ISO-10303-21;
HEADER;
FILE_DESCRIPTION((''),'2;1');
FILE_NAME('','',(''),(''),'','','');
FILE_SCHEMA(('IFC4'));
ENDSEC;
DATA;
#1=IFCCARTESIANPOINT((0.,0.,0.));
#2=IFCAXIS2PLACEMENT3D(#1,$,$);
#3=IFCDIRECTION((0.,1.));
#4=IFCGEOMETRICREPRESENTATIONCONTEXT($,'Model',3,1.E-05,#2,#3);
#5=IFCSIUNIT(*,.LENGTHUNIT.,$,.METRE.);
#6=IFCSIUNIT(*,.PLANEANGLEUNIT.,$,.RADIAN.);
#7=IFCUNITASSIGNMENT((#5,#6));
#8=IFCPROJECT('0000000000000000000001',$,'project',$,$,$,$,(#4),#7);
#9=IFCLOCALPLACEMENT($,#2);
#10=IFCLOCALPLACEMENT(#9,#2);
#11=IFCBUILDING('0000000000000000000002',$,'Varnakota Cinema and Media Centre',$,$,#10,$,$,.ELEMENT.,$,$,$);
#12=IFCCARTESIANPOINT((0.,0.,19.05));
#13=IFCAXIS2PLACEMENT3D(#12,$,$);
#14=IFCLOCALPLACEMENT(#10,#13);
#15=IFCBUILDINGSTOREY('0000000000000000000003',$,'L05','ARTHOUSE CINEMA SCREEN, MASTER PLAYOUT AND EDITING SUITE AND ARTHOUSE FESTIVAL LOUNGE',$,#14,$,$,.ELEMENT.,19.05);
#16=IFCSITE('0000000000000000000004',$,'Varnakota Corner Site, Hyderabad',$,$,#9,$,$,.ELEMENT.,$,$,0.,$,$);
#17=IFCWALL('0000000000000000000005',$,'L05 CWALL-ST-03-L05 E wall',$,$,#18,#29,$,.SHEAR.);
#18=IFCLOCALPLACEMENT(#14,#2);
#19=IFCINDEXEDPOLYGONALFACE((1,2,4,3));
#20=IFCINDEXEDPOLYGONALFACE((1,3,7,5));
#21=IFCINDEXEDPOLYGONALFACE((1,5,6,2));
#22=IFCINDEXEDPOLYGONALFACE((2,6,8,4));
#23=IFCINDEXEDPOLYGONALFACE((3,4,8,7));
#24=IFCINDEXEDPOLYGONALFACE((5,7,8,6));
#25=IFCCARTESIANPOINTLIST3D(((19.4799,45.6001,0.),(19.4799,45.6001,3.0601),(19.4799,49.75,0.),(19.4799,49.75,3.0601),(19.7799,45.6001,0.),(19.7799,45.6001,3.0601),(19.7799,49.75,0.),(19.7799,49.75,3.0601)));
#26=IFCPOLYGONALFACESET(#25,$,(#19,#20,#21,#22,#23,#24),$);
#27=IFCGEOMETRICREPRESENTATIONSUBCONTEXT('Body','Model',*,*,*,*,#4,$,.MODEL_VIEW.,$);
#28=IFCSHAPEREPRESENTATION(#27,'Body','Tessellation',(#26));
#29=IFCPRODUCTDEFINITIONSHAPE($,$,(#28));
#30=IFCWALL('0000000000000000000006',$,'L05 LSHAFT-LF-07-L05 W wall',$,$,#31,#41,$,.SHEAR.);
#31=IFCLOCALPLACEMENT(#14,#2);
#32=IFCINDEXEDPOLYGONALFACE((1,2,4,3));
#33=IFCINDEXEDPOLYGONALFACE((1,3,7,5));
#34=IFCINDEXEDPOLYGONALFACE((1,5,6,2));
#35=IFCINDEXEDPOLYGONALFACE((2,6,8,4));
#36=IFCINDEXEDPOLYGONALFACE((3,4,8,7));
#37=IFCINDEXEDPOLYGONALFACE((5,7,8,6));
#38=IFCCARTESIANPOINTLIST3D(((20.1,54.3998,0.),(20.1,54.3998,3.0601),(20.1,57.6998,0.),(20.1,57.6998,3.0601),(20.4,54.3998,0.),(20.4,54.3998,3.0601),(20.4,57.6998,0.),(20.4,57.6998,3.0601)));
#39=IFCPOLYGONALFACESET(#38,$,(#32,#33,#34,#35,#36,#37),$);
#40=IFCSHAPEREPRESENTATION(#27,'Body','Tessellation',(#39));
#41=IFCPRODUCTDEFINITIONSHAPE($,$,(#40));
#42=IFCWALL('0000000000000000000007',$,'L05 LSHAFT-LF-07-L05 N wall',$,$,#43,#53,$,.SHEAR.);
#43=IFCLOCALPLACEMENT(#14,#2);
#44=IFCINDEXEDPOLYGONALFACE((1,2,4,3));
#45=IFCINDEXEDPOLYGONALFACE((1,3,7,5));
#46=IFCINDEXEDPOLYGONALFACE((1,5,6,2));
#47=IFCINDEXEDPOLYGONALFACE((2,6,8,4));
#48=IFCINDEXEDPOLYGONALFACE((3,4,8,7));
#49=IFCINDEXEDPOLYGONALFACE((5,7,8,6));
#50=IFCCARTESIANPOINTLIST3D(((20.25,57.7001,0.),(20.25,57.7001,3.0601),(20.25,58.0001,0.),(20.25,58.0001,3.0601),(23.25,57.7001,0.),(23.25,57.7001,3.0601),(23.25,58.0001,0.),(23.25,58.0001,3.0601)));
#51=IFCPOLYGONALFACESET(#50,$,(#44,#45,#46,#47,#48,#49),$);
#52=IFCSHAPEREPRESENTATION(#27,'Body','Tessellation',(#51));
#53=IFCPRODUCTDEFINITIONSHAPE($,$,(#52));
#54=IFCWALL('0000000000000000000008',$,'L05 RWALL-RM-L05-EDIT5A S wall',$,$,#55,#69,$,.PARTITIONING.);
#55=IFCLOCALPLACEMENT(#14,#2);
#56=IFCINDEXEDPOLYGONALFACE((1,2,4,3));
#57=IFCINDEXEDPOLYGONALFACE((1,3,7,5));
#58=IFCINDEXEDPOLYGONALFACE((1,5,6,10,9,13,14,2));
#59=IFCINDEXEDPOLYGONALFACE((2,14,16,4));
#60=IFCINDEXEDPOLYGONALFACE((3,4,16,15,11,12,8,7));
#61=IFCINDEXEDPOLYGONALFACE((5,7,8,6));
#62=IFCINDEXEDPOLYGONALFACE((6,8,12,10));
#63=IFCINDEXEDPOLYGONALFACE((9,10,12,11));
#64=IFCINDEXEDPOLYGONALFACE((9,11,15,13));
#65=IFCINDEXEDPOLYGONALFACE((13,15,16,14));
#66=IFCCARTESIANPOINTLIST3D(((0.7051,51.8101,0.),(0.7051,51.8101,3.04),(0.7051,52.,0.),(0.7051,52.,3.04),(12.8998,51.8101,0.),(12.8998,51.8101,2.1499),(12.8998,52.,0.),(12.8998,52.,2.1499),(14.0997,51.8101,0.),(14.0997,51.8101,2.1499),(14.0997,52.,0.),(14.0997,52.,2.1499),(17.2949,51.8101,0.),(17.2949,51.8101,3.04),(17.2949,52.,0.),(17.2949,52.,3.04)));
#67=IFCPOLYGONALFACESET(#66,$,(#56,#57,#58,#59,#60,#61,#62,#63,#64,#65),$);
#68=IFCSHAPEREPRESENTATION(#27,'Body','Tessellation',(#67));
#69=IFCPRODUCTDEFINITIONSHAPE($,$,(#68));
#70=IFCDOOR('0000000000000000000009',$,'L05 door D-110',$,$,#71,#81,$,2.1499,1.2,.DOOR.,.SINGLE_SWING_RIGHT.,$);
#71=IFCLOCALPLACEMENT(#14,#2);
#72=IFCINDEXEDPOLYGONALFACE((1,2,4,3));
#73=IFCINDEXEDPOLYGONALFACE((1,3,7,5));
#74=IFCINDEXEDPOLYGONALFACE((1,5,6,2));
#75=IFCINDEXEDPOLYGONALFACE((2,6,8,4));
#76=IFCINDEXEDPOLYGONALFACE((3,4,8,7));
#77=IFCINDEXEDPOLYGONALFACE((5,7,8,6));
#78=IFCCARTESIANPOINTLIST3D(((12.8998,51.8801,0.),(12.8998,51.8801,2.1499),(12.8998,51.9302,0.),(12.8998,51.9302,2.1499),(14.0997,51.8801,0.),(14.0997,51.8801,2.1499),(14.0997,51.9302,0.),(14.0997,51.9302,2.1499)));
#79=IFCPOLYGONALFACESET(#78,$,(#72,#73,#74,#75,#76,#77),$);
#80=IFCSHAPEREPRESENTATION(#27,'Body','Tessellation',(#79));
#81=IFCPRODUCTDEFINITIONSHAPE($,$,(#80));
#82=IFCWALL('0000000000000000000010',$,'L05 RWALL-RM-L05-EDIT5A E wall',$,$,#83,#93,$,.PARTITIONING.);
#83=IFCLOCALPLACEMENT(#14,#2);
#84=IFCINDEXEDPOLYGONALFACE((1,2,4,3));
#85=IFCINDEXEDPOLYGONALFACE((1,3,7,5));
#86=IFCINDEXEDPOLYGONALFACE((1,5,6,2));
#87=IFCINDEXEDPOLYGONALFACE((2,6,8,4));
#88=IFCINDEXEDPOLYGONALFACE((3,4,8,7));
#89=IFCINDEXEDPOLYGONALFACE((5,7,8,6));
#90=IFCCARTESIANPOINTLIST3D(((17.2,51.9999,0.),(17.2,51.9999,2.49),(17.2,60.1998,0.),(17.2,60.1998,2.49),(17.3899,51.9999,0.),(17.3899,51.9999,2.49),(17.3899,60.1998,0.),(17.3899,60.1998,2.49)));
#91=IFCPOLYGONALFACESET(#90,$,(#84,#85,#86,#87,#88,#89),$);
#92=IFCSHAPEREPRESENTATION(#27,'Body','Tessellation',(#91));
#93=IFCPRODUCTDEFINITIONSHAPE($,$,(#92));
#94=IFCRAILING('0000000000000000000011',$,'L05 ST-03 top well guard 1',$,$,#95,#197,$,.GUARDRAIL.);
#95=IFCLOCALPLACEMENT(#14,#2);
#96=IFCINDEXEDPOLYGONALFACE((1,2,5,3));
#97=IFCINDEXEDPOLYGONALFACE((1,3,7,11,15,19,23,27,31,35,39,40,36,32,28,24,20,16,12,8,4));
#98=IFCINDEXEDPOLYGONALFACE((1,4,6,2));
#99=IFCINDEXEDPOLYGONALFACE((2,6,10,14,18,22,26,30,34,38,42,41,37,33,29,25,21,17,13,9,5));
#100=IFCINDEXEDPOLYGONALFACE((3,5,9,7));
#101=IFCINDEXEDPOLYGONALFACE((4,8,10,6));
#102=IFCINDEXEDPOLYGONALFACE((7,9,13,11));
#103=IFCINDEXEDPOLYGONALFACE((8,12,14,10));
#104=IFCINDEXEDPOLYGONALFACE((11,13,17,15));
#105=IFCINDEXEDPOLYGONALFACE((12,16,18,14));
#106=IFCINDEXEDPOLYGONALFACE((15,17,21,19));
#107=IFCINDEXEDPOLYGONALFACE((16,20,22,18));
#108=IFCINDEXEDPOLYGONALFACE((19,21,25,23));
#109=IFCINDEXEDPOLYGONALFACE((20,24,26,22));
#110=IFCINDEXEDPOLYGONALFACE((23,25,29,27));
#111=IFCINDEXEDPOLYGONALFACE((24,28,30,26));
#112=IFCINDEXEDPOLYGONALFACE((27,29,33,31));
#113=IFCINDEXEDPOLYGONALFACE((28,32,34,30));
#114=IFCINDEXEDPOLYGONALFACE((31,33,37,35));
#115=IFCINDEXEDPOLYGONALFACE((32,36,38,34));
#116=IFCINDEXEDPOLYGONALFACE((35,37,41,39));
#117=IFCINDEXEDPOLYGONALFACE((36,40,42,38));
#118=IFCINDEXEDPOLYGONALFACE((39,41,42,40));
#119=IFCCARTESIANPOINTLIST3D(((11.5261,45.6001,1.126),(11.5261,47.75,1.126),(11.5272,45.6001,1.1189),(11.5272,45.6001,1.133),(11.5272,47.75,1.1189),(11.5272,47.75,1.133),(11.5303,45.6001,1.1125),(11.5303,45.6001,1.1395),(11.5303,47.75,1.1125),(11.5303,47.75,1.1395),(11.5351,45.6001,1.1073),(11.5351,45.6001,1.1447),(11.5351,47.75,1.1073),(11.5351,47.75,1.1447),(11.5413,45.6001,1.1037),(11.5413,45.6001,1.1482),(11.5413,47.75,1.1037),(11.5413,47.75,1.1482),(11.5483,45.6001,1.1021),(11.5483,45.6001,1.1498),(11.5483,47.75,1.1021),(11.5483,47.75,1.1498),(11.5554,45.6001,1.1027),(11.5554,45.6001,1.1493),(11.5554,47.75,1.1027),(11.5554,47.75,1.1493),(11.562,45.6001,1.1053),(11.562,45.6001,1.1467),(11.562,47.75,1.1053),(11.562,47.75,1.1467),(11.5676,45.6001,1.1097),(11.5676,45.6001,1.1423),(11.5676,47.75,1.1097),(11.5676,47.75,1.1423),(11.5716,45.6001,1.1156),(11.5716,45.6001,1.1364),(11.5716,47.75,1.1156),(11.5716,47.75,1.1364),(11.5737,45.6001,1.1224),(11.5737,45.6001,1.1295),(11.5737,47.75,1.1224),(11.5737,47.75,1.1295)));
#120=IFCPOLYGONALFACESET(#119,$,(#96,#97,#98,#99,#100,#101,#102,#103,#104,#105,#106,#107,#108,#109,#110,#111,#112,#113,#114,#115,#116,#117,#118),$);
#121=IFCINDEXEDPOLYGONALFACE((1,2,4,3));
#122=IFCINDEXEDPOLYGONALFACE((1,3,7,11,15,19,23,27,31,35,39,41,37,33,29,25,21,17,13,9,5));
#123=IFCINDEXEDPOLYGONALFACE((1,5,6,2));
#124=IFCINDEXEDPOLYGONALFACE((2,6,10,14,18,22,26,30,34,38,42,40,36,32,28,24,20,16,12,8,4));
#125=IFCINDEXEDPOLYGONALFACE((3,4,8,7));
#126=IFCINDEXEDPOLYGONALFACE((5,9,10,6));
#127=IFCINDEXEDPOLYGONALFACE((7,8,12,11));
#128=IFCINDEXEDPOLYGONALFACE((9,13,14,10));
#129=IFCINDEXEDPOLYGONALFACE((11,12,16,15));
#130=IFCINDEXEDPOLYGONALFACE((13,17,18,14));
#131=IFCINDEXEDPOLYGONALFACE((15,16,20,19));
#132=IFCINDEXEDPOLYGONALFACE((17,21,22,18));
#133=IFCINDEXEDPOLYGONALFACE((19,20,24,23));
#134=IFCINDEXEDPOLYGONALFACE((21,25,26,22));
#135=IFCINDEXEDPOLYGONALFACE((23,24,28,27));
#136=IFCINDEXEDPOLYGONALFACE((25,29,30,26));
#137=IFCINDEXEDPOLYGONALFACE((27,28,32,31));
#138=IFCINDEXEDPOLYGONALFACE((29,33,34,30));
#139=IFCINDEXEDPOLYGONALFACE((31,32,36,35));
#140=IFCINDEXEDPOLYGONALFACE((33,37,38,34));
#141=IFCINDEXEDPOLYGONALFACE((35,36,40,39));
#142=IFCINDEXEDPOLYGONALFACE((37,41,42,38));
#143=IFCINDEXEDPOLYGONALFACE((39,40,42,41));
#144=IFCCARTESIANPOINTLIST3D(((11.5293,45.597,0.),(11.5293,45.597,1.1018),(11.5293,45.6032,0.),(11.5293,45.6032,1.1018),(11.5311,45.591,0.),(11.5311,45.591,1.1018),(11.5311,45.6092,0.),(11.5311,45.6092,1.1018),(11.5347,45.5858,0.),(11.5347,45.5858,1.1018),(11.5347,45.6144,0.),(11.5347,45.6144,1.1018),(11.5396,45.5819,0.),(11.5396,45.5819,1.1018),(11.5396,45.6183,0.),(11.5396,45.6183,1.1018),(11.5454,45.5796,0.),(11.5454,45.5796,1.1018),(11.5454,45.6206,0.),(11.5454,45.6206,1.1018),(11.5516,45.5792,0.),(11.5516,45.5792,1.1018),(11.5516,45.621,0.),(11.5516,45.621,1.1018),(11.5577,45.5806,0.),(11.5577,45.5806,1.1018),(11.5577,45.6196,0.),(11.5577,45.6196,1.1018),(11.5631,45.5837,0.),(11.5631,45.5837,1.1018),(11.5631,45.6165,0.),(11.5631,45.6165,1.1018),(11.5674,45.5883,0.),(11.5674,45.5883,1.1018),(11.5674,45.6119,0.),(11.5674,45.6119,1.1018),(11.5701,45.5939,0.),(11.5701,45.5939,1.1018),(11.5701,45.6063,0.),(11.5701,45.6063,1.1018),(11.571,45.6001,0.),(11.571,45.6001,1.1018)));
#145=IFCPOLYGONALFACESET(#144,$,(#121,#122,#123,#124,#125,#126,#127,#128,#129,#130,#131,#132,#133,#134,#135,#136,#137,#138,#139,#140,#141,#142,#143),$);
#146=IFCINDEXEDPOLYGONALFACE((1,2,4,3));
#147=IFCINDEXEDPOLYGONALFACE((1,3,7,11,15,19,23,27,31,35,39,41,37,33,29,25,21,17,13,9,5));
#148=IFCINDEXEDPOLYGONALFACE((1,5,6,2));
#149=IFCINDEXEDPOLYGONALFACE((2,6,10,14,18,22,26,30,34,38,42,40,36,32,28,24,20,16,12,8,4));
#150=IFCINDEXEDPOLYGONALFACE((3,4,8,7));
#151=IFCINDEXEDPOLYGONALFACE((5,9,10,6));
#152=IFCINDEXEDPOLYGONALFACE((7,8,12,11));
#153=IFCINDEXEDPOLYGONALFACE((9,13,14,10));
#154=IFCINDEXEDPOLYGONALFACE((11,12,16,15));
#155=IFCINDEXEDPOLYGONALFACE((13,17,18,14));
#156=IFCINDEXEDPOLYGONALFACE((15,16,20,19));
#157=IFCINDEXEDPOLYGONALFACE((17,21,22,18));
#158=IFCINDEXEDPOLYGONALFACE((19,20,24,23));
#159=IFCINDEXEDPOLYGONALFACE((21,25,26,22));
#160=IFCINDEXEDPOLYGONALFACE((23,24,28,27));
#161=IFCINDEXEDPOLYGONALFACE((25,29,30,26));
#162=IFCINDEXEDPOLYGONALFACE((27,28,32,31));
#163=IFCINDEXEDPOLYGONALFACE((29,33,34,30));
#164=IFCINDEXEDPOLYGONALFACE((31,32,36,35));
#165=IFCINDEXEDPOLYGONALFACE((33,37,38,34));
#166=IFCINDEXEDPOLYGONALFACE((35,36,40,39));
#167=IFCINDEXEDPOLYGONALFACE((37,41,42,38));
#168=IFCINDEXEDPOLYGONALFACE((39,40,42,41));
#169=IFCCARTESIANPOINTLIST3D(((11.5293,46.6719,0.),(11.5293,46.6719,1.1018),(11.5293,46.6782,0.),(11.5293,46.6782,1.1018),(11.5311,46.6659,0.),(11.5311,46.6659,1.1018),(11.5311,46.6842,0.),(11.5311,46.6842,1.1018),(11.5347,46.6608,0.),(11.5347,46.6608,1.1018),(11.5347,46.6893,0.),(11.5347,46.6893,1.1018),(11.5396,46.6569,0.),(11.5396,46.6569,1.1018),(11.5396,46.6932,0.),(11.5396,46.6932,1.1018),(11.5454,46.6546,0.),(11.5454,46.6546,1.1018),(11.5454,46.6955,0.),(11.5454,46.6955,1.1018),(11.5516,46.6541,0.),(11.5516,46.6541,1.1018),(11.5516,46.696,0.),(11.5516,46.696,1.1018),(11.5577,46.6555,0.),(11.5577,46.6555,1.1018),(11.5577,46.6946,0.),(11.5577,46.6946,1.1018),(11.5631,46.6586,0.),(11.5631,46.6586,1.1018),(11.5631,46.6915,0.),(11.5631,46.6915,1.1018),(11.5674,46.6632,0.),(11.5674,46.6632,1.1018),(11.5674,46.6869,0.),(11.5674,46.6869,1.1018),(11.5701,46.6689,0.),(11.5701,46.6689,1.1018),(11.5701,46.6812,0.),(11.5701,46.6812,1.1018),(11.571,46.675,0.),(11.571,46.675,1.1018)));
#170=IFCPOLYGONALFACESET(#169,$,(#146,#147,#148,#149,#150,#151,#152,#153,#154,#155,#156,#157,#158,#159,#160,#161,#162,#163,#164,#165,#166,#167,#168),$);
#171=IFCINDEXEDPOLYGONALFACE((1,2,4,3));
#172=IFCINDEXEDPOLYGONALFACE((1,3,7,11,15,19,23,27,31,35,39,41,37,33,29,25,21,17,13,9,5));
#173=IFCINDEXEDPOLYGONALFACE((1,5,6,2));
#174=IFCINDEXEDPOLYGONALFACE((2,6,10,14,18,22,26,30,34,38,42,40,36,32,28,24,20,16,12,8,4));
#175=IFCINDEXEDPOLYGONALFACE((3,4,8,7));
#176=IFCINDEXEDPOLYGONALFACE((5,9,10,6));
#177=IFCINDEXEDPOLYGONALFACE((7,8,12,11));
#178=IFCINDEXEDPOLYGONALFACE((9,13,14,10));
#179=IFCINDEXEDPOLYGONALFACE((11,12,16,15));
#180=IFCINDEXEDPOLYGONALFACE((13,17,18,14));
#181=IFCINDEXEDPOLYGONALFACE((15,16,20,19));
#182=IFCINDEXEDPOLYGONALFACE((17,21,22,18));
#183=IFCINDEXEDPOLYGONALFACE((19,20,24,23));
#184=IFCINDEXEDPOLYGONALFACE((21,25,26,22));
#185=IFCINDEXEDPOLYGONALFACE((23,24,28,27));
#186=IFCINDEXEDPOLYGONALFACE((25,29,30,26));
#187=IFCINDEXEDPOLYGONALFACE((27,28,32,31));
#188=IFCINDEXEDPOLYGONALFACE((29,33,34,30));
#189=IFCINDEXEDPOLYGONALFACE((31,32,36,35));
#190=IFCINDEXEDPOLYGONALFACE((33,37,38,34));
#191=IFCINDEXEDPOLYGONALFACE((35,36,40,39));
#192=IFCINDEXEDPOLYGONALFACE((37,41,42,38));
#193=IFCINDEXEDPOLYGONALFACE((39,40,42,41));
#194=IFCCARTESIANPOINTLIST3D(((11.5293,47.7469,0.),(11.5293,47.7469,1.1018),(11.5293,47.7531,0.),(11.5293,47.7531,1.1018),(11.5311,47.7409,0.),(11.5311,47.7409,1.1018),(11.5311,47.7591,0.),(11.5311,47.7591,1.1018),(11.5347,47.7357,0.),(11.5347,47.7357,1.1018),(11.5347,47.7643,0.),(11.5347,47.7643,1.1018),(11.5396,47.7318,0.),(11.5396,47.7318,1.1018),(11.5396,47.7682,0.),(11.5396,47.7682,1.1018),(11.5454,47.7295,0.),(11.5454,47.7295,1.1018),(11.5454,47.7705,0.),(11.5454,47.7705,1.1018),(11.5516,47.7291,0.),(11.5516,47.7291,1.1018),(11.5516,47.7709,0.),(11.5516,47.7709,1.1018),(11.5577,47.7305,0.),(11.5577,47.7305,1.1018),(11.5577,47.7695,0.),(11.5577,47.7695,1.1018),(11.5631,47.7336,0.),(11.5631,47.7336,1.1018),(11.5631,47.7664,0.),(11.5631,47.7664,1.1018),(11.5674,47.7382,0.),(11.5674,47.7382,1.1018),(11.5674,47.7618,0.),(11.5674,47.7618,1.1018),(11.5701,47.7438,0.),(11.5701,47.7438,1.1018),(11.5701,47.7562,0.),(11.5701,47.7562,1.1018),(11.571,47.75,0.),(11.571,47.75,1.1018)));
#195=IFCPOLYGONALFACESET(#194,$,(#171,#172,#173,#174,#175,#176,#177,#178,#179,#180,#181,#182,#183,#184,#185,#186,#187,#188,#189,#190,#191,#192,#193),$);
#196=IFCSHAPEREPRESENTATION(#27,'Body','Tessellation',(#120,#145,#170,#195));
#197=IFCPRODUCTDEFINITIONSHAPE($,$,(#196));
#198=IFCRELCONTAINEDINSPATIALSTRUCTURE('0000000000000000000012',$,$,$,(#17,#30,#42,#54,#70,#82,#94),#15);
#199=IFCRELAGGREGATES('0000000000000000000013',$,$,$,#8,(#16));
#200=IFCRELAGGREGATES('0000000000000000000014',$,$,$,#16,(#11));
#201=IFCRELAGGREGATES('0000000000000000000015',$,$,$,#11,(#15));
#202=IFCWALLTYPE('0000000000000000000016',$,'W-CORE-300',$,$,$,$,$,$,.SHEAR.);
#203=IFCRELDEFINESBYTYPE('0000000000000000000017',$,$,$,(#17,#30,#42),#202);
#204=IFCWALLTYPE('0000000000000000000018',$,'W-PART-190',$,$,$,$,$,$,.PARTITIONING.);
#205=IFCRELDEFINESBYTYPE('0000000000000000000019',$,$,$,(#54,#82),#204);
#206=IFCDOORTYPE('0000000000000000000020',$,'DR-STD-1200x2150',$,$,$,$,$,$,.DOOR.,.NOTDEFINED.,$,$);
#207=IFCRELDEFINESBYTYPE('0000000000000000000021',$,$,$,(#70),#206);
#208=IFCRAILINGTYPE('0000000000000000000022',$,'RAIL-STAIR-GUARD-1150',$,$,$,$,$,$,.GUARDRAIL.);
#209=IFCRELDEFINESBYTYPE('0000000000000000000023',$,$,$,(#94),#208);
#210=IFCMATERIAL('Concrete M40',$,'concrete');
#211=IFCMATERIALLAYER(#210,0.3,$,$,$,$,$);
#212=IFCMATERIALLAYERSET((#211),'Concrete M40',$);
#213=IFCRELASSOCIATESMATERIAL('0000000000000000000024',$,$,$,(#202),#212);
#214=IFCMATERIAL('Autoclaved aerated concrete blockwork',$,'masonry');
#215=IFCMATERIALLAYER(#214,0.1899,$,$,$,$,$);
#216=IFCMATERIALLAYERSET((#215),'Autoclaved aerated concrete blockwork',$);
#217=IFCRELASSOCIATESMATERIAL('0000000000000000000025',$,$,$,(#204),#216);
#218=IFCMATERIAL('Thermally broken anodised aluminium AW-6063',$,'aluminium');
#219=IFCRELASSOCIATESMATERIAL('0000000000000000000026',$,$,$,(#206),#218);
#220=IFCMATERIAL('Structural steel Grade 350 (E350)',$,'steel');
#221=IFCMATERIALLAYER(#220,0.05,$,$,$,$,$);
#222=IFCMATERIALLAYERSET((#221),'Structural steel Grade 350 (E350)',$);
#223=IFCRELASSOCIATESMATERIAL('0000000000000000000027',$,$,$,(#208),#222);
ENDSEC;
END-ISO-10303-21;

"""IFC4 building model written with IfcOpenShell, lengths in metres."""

from ifc_helpers import new_model, si_unit, direction, frame, frame_2d, origin, origin_2d, place, context, subcontext, project, spatial, rectangle, circle, extrude, material, layer, layer_set, type_object, element, fill, save


model = new_model("IFC4")

# Units and contexts
model_context = context("Model", 3, precision=1e-05, world=origin(), true_north=direction((0.0, 1.0)))
body_context = subcontext(model_context, "Body", "Model", "MODEL_VIEW")
ifc_project = project(units=[si_unit("LENGTHUNIT", "METRE"), si_unit("PLANEANGLEUNIT", "RADIAN")], contexts=[model_context])

# Site, building, storey
site_placement = place(None, origin())
site = spatial("IfcSite", under=ifc_project, at=site_placement, Name="Varnakota Corner Site, Hyderabad", CompositionType="ELEMENT", RefElevation=0.0)
building_placement = place(site_placement, origin())
building = spatial("IfcBuilding", under=site, at=building_placement, Name="Varnakota Cinema and Media Centre", CompositionType="ELEMENT")
storey_placement = place(building_placement, frame((0.0, 0.0, 19.05)))
storey = spatial("IfcBuildingStorey", under=building, at=storey_placement, Name="L05", Description="ARTHOUSE CINEMA SCREEN, MASTER PLAYOUT AND EDITING SUITE AND ARTHOUSE FESTIVAL LOUNGE", CompositionType="ELEMENT", Elevation=19.05)

# Shared definitions
ifc_material_1 = material(Name="Concrete M40", Category="concrete")
ifc_layer_1 = layer(ifc_material_1, 0.3)
ifc_layer_set_1 = layer_set([ifc_layer_1], Name="Concrete M40")
wall_type_1 = type_object("IfcWallType", Name="W-CORE-300", PredefinedType="SHEAR", material=ifc_layer_set_1)

# Walls
wall_1_placement = place(storey_placement, frame((19.6299, 49.75, 0.0), z_axis=(0.0, 0.0, 1.0), x_axis=(0.0, -1.0, 0.0)))
element("IfcWall", 1, at=wall_1_placement, inside=storey, type_object=wall_type_1, Name="L05 CWALL-ST-03-L05 E wall", PredefinedType="SHEAR", context=body_context, shape_type="SweptSolid", body=[
    extrude(rectangle(XDim=4.1499, YDim=0.3, at=frame_2d((2.075, 0.0))), origin(), (0.0, 0.0, 1.0), 3.0601),
])
wall_2_placement = place(storey_placement, frame((20.25, 54.3999, 0.0), z_axis=(0.0, 0.0, 1.0), x_axis=(0.0, 1.0, 0.0)))
element("IfcWall", 2, at=wall_2_placement, inside=storey, type_object=wall_type_1, Name="L05 LSHAFT-LF-07-L05 W wall", PredefinedType="SHEAR", context=body_context, shape_type="SweptSolid", body=[
    extrude(rectangle(XDim=3.3, YDim=0.3, at=frame_2d((1.6499, 0.0))), origin(), (0.0, 0.0, 1.0), 3.0601),
])
wall_3_placement = place(storey_placement, frame((20.25, 57.8501, 0.0), z_axis=(0.0, 0.0, 1.0), x_axis=(1.0, 0.0, 0.0)))
element("IfcWall", 3, at=wall_3_placement, inside=storey, type_object=wall_type_1, Name="L05 LSHAFT-LF-07-L05 N wall", PredefinedType="SHEAR", context=body_context, shape_type="SweptSolid", body=[
    extrude(rectangle(XDim=3.0, YDim=0.3, at=frame_2d((1.5, 0.0))), origin(), (0.0, 0.0, 1.0), 3.0601),
])

# Wall, opening, door
ifc_material_2 = material(Name="Autoclaved aerated concrete blockwork", Category="masonry")
ifc_layer_2 = layer(ifc_material_2, 0.1899)
ifc_layer_set_2 = layer_set([ifc_layer_2], Name="Autoclaved aerated concrete blockwork")
wall_type_2 = type_object("IfcWallType", Name="W-PART-190", PredefinedType="PARTITIONING", material=ifc_layer_set_2)
wall_4_placement = place(storey_placement, frame((17.2949, 51.905, 0.0), z_axis=(0.0, 0.0, 1.0), x_axis=(-1.0, 0.0, 0.0)))
wall_4 = element("IfcWall", 4, at=wall_4_placement, inside=storey, type_object=wall_type_2, Name="L05 RWALL-RM-L05-EDIT5A S wall", PredefinedType="PARTITIONING", context=body_context, shape_type="SweptSolid", body=[
    extrude(rectangle(XDim=16.5898, YDim=0.1899, at=frame_2d((8.2949, 0.0))), origin(), (0.0, 0.0, 1.0), 3.04),
])
opening_1_placement = place(wall_4_placement, frame((3.1951, 0.0, 0.0)))
opening_1 = element("IfcOpeningElement", 5, at=opening_1_placement, cuts=wall_4, PredefinedType="OPENING", context=body_context, shape_type="SweptSolid", body=[
    extrude(rectangle(XDim=1.2, YDim=2.1499, at=frame_2d((0.6001, 1.075))), frame((0.0, 0.095, 0.0), z_axis=(0.0, -1.0, 0.0), x_axis=(1.0, 0.0, 0.0)), (0.0, 0.0, 1.0), 0.1899),
])
ifc_material_3 = material(Name="Thermally broken anodised aluminium AW-6063", Category="aluminium")
door_type_1 = type_object("IfcDoorType", Name="DR-STD-1200x2150", OperationType="NOTDEFINED", PredefinedType="DOOR", material=ifc_material_3)
door_1_placement = place(opening_1_placement, origin())
door_1 = element("IfcDoor", 6, at=door_1_placement, inside=storey, type_object=door_type_1, Name="L05 door D-110", OperationType="SINGLE_SWING_RIGHT", OverallHeight=2.1499, OverallWidth=1.2, PredefinedType="DOOR", context=body_context, shape_type="SweptSolid", body=[
    extrude(rectangle(XDim=1.2, YDim=2.1499, at=frame_2d((0.6001, 1.075))), frame((0.0, 0.0249, 0.0), z_axis=(0.0, -1.0, 0.0), x_axis=(1.0, 0.0, 0.0)), (0.0, 0.0, 1.0), 0.05),
])
fill(opening_1, door_1)

# Wall
wall_5_placement = place(storey_placement, frame((17.2949, 60.2, 0.0), z_axis=(0.0, 0.0, 1.0), x_axis=(0.0, -1.0, 0.0)))
element("IfcWall", 7, at=wall_5_placement, inside=storey, type_object=wall_type_2, Name="L05 RWALL-RM-L05-EDIT5A E wall", PredefinedType="PARTITIONING", context=body_context, shape_type="SweptSolid", body=[
    extrude(rectangle(XDim=8.2, YDim=0.1899, at=frame_2d((4.1001, 0.0))), origin(), (0.0, 0.0, 1.0), 2.49),
])

# Railing
ifc_material_4 = material(Name="Structural steel Grade 350 (E350)", Category="steel")
ifc_layer_3 = layer(ifc_material_4, 0.05)
ifc_layer_set_3 = layer_set([ifc_layer_3], Name="Structural steel Grade 350 (E350)")
railing_type = type_object("IfcRailingType", Name="RAIL-STAIR-GUARD-1150", PredefinedType="GUARDRAIL", material=ifc_layer_set_3)
railing_placement = place(storey_placement, frame((11.55, 45.6001, 0.0)))
element("IfcRailing", 8, at=railing_placement, inside=storey, type_object=railing_type, Name="L05 ST-03 top well guard 1", PredefinedType="GUARDRAIL", context=body_context, shape_type="SweptSolid", body=[
    extrude(circle(Radius=0.0239, at=origin_2d()), frame((0.0, 0.0, 1.126), z_axis=(0.0, 1.0, 0.0), x_axis=(-1.0, 0.0, 0.0)), (0.0, 0.0, 1.0), 2.1499),
    extrude(circle(Radius=0.021, at=origin_2d()), origin(), (0.0, 0.0, 1.0), 1.1018),
    extrude(circle(Radius=0.021, at=origin_2d()), frame((0.0, 1.075, 0.0)), (0.0, 0.0, 1.0), 1.1018),
    extrude(circle(Radius=0.021, at=origin_2d()), frame((0.0, 2.1499, 0.0)), (0.0, 0.0, 1.0), 1.1018),
])

save(model, "model.ifc")
